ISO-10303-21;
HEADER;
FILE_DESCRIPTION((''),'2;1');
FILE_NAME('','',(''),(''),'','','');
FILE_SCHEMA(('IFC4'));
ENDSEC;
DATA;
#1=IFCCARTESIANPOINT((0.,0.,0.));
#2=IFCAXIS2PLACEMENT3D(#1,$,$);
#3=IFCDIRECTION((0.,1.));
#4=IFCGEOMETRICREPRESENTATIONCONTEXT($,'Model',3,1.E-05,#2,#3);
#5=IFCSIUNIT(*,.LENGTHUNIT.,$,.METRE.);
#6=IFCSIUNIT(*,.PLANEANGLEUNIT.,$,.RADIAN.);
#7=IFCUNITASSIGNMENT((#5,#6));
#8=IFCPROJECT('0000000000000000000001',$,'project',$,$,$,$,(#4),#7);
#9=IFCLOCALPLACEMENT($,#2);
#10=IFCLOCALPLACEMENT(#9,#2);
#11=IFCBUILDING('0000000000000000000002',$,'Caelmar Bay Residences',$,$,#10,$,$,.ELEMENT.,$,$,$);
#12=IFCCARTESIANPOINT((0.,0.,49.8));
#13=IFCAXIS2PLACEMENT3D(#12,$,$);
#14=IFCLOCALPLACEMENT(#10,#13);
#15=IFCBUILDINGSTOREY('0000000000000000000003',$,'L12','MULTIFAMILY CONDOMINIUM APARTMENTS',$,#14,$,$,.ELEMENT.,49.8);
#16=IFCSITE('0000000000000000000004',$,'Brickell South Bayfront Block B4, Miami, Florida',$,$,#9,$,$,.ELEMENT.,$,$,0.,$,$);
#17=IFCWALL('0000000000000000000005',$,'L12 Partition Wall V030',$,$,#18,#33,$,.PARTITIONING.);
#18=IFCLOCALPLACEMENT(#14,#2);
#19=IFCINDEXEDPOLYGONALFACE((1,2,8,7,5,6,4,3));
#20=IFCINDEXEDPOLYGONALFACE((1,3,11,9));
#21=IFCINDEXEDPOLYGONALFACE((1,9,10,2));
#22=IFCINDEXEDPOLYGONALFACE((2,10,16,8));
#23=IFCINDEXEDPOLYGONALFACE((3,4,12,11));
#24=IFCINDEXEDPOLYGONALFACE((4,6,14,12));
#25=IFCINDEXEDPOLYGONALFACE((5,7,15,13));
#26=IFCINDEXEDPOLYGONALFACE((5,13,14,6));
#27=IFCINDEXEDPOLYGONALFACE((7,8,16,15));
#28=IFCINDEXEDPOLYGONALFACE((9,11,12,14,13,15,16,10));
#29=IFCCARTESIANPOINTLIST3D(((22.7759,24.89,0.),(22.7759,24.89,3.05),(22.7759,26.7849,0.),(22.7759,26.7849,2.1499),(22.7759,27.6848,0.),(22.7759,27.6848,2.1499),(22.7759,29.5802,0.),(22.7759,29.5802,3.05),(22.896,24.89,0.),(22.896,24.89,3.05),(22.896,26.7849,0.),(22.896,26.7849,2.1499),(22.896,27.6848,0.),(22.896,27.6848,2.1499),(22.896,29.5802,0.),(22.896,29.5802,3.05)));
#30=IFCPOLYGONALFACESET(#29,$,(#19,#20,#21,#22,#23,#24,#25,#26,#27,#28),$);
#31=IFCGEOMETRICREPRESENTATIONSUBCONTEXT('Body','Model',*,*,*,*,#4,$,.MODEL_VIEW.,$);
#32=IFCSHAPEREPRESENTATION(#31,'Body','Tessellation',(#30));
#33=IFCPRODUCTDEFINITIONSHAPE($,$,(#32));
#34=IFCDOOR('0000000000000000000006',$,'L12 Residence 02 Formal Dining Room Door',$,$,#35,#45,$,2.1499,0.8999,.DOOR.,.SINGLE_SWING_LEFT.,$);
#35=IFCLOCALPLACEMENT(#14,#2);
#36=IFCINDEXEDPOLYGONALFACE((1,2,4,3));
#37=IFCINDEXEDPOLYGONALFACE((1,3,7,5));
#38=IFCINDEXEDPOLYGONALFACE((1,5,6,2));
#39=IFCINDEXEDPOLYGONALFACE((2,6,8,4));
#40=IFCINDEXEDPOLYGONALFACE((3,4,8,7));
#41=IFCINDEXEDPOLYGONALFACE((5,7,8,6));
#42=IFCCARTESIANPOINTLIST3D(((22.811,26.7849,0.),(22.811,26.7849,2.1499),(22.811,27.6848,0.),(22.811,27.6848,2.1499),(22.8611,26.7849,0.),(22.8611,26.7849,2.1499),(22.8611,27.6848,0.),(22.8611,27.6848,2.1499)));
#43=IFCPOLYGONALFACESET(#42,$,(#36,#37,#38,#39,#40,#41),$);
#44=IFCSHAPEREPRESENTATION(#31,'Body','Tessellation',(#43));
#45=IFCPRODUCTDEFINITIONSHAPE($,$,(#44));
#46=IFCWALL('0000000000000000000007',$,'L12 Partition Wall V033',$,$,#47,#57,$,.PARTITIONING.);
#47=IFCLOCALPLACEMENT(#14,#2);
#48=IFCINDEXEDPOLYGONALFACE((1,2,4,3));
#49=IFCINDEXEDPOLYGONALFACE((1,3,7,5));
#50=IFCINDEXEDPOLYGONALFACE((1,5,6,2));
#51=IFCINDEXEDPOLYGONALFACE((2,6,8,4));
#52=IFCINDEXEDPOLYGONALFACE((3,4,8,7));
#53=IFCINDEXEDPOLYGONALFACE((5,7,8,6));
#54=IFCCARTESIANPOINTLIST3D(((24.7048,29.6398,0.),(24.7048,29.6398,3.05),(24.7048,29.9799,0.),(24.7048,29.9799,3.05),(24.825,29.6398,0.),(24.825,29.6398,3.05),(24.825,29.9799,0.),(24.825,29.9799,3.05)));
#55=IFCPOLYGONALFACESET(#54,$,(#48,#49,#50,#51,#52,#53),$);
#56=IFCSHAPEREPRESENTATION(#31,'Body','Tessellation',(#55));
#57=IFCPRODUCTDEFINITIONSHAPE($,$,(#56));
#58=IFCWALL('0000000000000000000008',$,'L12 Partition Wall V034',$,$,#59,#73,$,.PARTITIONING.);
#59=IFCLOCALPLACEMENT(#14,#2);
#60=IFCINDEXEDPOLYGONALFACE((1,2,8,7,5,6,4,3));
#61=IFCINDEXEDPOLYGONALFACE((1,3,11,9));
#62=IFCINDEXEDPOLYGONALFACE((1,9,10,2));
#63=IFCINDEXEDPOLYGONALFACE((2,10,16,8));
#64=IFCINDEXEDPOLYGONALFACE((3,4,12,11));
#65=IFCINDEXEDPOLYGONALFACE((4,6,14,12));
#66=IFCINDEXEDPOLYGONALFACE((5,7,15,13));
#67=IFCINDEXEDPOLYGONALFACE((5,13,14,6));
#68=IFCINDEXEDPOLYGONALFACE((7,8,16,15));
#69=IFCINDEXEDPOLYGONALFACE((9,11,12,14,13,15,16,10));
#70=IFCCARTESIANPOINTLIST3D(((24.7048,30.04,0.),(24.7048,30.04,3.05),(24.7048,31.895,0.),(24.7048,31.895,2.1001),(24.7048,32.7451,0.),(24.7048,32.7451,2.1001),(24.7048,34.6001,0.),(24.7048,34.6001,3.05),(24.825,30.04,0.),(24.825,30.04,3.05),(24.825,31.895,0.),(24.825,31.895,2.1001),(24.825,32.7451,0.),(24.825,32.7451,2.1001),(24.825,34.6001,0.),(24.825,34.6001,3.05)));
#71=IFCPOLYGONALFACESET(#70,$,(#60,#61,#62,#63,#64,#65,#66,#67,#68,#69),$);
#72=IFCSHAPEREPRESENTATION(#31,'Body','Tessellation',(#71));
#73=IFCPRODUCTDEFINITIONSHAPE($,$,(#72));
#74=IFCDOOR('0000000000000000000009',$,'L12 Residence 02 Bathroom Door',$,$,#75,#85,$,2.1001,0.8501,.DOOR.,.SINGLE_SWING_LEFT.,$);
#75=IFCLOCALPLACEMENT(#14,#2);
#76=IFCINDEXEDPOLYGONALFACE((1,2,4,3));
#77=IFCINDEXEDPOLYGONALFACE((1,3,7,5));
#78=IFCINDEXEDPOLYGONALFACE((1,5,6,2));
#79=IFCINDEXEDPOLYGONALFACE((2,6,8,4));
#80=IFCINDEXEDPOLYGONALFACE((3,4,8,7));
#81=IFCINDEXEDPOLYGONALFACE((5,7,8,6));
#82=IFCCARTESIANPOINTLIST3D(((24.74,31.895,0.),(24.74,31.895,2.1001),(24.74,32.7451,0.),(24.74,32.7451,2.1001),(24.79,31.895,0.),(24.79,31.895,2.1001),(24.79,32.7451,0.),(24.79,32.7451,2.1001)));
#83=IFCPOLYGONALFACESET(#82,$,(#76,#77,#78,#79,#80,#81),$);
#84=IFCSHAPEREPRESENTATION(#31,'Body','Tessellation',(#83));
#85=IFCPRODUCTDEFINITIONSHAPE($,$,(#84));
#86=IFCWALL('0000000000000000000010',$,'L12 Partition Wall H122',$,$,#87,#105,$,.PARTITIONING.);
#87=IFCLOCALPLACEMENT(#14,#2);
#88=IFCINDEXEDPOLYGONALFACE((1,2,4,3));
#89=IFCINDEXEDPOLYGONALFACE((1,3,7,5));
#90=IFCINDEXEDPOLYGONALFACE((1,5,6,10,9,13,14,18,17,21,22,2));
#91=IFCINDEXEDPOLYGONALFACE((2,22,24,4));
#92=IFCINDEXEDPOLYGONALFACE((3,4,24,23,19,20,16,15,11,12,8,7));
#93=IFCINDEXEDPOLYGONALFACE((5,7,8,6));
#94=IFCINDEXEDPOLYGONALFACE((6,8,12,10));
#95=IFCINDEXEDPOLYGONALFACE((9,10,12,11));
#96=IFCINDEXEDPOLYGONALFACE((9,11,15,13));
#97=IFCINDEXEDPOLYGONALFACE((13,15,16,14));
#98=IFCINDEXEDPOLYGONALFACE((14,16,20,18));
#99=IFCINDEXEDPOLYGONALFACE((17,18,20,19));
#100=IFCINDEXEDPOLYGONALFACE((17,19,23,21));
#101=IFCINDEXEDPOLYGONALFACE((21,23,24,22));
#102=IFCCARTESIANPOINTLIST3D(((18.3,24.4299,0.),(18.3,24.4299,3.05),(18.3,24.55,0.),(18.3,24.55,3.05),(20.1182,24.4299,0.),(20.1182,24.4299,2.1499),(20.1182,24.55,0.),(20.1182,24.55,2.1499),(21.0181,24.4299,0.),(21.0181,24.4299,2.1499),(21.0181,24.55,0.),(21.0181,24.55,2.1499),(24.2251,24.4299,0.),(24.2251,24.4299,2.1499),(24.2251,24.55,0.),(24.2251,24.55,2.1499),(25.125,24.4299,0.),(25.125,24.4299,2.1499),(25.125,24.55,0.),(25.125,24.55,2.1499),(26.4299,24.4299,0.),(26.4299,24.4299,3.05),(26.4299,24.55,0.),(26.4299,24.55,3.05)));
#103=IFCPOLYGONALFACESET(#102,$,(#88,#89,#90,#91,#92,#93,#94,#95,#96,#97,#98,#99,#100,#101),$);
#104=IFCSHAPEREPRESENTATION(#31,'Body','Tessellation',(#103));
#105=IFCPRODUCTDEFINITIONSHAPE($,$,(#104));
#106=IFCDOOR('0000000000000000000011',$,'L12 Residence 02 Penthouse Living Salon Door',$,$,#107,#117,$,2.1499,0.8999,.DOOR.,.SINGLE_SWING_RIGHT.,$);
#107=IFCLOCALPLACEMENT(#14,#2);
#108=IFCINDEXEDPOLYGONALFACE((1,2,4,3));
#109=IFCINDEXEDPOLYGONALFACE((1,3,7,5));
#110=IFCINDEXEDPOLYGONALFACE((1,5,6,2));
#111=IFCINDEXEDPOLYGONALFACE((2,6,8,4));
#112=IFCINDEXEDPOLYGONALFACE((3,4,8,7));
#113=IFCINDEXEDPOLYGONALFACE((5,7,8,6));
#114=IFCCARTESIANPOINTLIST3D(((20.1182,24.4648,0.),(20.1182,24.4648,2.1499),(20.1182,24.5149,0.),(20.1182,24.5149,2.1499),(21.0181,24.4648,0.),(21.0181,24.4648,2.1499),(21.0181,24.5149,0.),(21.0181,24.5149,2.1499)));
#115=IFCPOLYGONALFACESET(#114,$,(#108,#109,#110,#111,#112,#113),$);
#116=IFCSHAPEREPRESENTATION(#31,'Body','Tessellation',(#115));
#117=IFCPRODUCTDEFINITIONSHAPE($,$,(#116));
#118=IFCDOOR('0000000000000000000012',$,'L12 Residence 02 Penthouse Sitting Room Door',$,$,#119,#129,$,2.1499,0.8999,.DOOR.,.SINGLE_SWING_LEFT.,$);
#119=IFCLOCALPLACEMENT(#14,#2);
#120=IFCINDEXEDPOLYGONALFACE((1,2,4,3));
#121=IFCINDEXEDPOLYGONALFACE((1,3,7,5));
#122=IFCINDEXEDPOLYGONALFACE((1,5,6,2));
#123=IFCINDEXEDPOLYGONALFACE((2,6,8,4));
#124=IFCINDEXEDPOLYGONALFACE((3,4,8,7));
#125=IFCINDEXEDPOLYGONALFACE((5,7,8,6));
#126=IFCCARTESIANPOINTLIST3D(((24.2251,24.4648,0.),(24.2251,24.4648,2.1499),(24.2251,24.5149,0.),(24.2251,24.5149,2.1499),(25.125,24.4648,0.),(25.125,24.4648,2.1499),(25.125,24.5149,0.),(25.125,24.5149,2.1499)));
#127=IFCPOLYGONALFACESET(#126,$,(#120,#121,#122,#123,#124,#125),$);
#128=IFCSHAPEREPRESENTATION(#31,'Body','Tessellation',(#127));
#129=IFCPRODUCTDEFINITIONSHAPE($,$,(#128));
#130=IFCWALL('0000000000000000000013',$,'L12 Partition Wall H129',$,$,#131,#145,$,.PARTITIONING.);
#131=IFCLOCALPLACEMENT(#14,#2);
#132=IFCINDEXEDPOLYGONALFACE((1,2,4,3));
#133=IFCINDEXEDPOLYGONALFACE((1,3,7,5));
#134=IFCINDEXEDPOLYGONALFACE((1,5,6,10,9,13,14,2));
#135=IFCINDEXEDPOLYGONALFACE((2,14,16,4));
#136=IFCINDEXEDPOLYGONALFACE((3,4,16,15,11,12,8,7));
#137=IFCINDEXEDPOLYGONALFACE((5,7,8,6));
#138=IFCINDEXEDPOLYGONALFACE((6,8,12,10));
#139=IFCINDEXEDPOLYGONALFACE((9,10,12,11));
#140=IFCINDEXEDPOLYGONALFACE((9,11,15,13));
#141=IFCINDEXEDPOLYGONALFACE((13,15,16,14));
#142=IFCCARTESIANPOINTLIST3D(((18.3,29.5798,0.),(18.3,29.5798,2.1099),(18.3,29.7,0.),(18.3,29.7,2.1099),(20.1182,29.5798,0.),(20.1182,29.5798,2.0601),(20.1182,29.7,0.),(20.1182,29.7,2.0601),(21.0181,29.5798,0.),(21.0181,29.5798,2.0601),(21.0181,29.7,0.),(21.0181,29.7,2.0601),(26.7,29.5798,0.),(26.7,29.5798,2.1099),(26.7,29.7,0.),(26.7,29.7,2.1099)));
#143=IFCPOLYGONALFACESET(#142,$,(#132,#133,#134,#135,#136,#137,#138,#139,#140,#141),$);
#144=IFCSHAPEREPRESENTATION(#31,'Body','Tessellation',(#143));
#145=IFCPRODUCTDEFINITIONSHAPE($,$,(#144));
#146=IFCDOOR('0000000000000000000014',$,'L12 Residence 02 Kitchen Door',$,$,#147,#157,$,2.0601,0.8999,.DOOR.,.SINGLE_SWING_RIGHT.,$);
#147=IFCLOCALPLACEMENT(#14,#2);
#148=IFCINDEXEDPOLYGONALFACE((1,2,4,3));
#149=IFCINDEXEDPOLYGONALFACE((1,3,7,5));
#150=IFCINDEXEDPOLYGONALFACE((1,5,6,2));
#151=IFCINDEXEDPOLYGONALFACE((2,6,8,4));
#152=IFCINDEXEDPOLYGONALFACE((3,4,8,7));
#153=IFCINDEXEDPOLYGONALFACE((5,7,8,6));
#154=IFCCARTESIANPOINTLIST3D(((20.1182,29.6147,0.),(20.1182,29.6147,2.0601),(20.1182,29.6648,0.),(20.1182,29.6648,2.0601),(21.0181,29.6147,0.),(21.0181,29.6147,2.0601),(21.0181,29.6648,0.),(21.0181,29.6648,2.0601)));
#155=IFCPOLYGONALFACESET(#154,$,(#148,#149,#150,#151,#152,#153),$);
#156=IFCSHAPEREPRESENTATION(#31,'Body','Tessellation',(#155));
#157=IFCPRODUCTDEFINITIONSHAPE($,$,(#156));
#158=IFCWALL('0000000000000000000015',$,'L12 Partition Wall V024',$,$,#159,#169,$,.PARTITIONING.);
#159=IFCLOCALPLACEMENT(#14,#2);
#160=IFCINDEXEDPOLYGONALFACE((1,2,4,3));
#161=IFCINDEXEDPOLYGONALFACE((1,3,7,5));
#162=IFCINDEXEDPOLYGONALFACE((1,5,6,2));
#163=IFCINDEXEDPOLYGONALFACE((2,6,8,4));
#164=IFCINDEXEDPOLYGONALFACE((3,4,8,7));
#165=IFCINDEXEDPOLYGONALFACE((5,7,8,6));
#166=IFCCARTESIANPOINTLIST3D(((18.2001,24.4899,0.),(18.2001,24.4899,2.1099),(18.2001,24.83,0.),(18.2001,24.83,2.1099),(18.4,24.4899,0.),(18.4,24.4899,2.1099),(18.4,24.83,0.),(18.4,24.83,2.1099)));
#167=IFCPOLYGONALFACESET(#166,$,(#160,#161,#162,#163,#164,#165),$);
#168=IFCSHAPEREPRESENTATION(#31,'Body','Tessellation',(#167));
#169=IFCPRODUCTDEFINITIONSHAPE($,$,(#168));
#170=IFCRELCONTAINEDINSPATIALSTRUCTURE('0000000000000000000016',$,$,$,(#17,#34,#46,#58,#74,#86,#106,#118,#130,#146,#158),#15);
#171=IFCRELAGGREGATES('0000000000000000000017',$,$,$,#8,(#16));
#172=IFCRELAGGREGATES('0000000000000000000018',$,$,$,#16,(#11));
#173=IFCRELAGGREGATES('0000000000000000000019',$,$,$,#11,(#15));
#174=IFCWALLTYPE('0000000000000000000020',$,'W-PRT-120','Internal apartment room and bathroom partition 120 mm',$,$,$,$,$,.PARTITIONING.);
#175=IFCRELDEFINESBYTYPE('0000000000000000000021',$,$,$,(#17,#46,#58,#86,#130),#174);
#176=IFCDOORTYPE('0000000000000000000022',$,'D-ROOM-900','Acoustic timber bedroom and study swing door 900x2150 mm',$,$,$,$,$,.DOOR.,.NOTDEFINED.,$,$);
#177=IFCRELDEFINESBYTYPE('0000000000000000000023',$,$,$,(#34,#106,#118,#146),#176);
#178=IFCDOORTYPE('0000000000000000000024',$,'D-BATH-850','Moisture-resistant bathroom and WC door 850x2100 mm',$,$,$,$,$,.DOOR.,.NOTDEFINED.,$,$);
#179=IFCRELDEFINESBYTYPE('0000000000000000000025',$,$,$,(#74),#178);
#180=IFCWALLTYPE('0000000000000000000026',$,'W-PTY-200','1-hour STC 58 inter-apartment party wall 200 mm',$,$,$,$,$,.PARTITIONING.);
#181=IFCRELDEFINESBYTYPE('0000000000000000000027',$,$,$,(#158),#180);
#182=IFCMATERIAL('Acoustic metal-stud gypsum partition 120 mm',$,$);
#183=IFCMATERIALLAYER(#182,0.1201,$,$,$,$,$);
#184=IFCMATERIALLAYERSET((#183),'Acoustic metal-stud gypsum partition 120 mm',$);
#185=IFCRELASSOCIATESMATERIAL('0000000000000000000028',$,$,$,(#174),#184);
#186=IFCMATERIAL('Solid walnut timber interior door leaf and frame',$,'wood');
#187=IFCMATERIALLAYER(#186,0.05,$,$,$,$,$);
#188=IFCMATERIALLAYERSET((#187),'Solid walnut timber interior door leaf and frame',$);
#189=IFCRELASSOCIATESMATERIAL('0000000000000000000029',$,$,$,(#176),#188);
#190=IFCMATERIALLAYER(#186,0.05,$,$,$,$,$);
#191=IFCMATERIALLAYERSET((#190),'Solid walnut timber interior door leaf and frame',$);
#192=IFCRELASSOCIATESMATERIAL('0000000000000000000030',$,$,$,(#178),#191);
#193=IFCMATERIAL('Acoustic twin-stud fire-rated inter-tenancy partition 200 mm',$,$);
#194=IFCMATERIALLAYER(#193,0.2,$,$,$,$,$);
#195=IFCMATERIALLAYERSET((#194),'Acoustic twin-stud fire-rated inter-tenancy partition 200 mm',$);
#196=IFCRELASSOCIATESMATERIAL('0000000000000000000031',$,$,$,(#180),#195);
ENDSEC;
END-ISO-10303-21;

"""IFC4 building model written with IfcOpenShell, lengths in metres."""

from ifc_helpers import new_model, si_unit, direction, frame, frame_2d, origin, place, context, subcontext, project, spatial, rectangle, extrude, material, layer, layer_set, type_object, element, fill, save


model = new_model("IFC4")

# Units and contexts
model_context = context("Model", 3, precision=1e-05, world=origin(), true_north=direction((0.0, 1.0)))
body_context = subcontext(model_context, "Body", "Model", "MODEL_VIEW")
ifc_project = project(units=[si_unit("LENGTHUNIT", "METRE"), si_unit("PLANEANGLEUNIT", "RADIAN")], contexts=[model_context])

# Site, building, storey
site_placement = place(None, origin())
site = spatial("IfcSite", under=ifc_project, at=site_placement, Name="Brickell South Bayfront Block B4, Miami, Florida", CompositionType="ELEMENT", RefElevation=0.0)
building_placement = place(site_placement, origin())
building = spatial("IfcBuilding", under=site, at=building_placement, Name="Caelmar Bay Residences", CompositionType="ELEMENT")
storey_placement = place(building_placement, frame((0.0, 0.0, 49.8)))
storey = spatial("IfcBuildingStorey", under=building, at=storey_placement, Name="L12", Description="MULTIFAMILY CONDOMINIUM APARTMENTS", CompositionType="ELEMENT", Elevation=49.8)

# Shared definitions
ifc_material_1 = material(Name="Acoustic metal-stud gypsum partition 120 mm")
ifc_layer_1 = layer(ifc_material_1, 0.1201)
ifc_layer_set_1 = layer_set([ifc_layer_1], Name="Acoustic metal-stud gypsum partition 120 mm")
wall_type_1 = type_object("IfcWallType", Name="W-PRT-120", Description="Internal apartment room and bathroom partition 120 mm", PredefinedType="PARTITIONING", material=ifc_layer_set_1)

# Wall, opening, door
wall_1_placement = place(storey_placement, frame((22.8359, 24.8899, 0.0), z_axis=(0.0, 0.0, 1.0), x_axis=(0.0, 1.0, 0.0)))
wall_1 = element("IfcWall", 1, at=wall_1_placement, inside=storey, type_object=wall_type_1, Name="L12 Partition Wall V030", PredefinedType="PARTITIONING", context=body_context, shape_type="SweptSolid", body=[
    extrude(rectangle(XDim=4.6902, YDim=0.1201, at=frame_2d((2.3452, 0.0))), origin(), (0.0, 0.0, 1.0), 3.05),
])
opening_1_placement = place(wall_1_placement, frame((1.895, 0.0, 0.0)))
opening_1 = element("IfcOpeningElement", 2, at=opening_1_placement, cuts=wall_1, PredefinedType="OPENING", context=body_context, shape_type="SweptSolid", body=[
    extrude(rectangle(XDim=0.8999, YDim=2.1499, at=frame_2d((0.45, 1.075))), frame((0.0, 0.0701, 0.0), z_axis=(0.0, -1.0, 0.0), x_axis=(1.0, 0.0, 0.0)), (0.0, 0.0, 1.0), 0.1401),
])
ifc_material_2 = material(Name="Solid walnut timber interior door leaf and frame", Category="wood")
ifc_layer_2 = layer(ifc_material_2, 0.05)
ifc_layer_set_2 = layer_set([ifc_layer_2], Name="Solid walnut timber interior door leaf and frame")
door_type_1 = type_object("IfcDoorType", Name="D-ROOM-900", Description="Acoustic timber bedroom and study swing door 900x2150 mm", OperationType="NOTDEFINED", PredefinedType="DOOR", material=ifc_layer_set_2)
door_1_placement = place(opening_1_placement, origin())
door_1 = element("IfcDoor", 3, at=door_1_placement, inside=storey, type_object=door_type_1, Name="L12 Residence 02 Formal Dining Room Door", OperationType="SINGLE_SWING_LEFT", OverallHeight=2.1499, OverallWidth=0.8999, PredefinedType="DOOR", context=body_context, shape_type="SweptSolid", body=[
    extrude(rectangle(XDim=0.8999, YDim=2.1499, at=frame_2d((0.45, 1.075))), frame((0.0, 0.0249, 0.0), z_axis=(0.0, -1.0, 0.0), x_axis=(1.0, 0.0, 0.0)), (0.0, 0.0, 1.0), 0.05),
])
fill(opening_1, door_1)

# Wall
wall_2_placement = place(storey_placement, frame((24.7649, 29.6399, 0.0), z_axis=(0.0, 0.0, 1.0), x_axis=(0.0, 1.0, 0.0)))
element("IfcWall", 4, at=wall_2_placement, inside=storey, type_object=wall_type_1, Name="L12 Partition Wall V033", PredefinedType="PARTITIONING", context=body_context, shape_type="SweptSolid", body=[
    extrude(rectangle(XDim=0.3401, YDim=0.1201, at=frame_2d((0.1699, 0.0))), origin(), (0.0, 0.0, 1.0), 3.05),
])

# Wall, opening, door
wall_3_placement = place(storey_placement, frame((24.7649, 30.04, 0.0), z_axis=(0.0, 0.0, 1.0), x_axis=(0.0, 1.0, 0.0)))
wall_3 = element("IfcWall", 5, at=wall_3_placement, inside=storey, type_object=wall_type_1, Name="L12 Partition Wall V034", PredefinedType="PARTITIONING", context=body_context, shape_type="SweptSolid", body=[
    extrude(rectangle(XDim=4.5601, YDim=0.1201, at=frame_2d((2.28, 0.0))), origin(), (0.0, 0.0, 1.0), 3.05),
])
opening_2_placement = place(wall_3_placement, frame((1.855, 0.0, 0.0)))
opening_2 = element("IfcOpeningElement", 6, at=opening_2_placement, cuts=wall_3, PredefinedType="OPENING", context=body_context, shape_type="SweptSolid", body=[
    extrude(rectangle(XDim=0.8501, YDim=2.1001, at=frame_2d((0.425, 1.05))), frame((0.0, 0.0701, 0.0), z_axis=(0.0, -1.0, 0.0), x_axis=(1.0, 0.0, 0.0)), (0.0, 0.0, 1.0), 0.1401),
])
ifc_layer_3 = layer(ifc_material_2, 0.05)
ifc_layer_set_3 = layer_set([ifc_layer_3], Name="Solid walnut timber interior door leaf and frame")
door_type_2 = type_object("IfcDoorType", Name="D-BATH-850", Description="Moisture-resistant bathroom and WC door 850x2100 mm", OperationType="NOTDEFINED", PredefinedType="DOOR", material=ifc_layer_set_3)
door_2_placement = place(opening_2_placement, origin())
door_2 = element("IfcDoor", 7, at=door_2_placement, inside=storey, type_object=door_type_2, Name="L12 Residence 02 Bathroom Door", OperationType="SINGLE_SWING_LEFT", OverallHeight=2.1001, OverallWidth=0.8501, PredefinedType="DOOR", context=body_context, shape_type="SweptSolid", body=[
    extrude(rectangle(XDim=0.8501, YDim=2.1001, at=frame_2d((0.425, 1.05))), frame((0.0, 0.0249, 0.0), z_axis=(0.0, -1.0, 0.0), x_axis=(1.0, 0.0, 0.0)), (0.0, 0.0, 1.0), 0.05),
])
fill(opening_2, door_2)

# Wall, openings, doors
wall_4_placement = place(storey_placement, frame((18.3, 24.49, 0.0), z_axis=(0.0, 0.0, 1.0), x_axis=(1.0, 0.0, 0.0)))
wall_4 = element("IfcWall", 8, at=wall_4_placement, inside=storey, type_object=wall_type_1, Name="L12 Partition Wall H122", PredefinedType="PARTITIONING", context=body_context, shape_type="SweptSolid", body=[
    extrude(rectangle(XDim=8.1299, YDim=0.1201, at=frame_2d((4.0649, 0.0))), origin(), (0.0, 0.0, 1.0), 3.05),
])
opening_3_placement = place(wall_4_placement, frame((1.8181, 0.0, 0.0)))
opening_3 = element("IfcOpeningElement", 9, at=opening_3_placement, cuts=wall_4, PredefinedType="OPENING", context=body_context, shape_type="SweptSolid", body=[
    extrude(rectangle(XDim=0.8999, YDim=2.1499, at=frame_2d((0.45, 1.075))), frame((0.0, 0.0701, 0.0), z_axis=(0.0, -1.0, 0.0), x_axis=(1.0, 0.0, 0.0)), (0.0, 0.0, 1.0), 0.1401),
])
opening_4_placement = place(wall_4_placement, frame((5.925, 0.0, 0.0)))
opening_4 = element("IfcOpeningElement", 10, at=opening_4_placement, cuts=wall_4, PredefinedType="OPENING", context=body_context, shape_type="SweptSolid", body=[
    extrude(rectangle(XDim=0.8999, YDim=2.1499, at=frame_2d((0.45, 1.075))), frame((0.0, 0.0701, 0.0), z_axis=(0.0, -1.0, 0.0), x_axis=(1.0, 0.0, 0.0)), (0.0, 0.0, 1.0), 0.1401),
])
door_3_placement = place(opening_3_placement, origin())
door_3 = element("IfcDoor", 11, at=door_3_placement, inside=storey, type_object=door_type_1, Name="L12 Residence 02 Penthouse Living Salon Door", OperationType="SINGLE_SWING_RIGHT", OverallHeight=2.1499, OverallWidth=0.8999, PredefinedType="DOOR", context=body_context, shape_type="SweptSolid", body=[
    extrude(rectangle(XDim=0.8999, YDim=2.1499, at=frame_2d((0.45, 1.075))), frame((0.0, 0.0249, 0.0), z_axis=(0.0, -1.0, 0.0), x_axis=(1.0, 0.0, 0.0)), (0.0, 0.0, 1.0), 0.05),
])
fill(opening_3, door_3)
door_4_placement = place(opening_4_placement, origin())
door_4 = element("IfcDoor", 12, at=door_4_placement, inside=storey, type_object=door_type_1, Name="L12 Residence 02 Penthouse Sitting Room Door", OperationType="SINGLE_SWING_LEFT", OverallHeight=2.1499, OverallWidth=0.8999, PredefinedType="DOOR", context=body_context, shape_type="SweptSolid", body=[
    extrude(rectangle(XDim=0.8999, YDim=2.1499, at=frame_2d((0.45, 1.075))), frame((0.0, 0.0249, 0.0), z_axis=(0.0, -1.0, 0.0), x_axis=(1.0, 0.0, 0.0)), (0.0, 0.0, 1.0), 0.05),
])
fill(opening_4, door_4)

# Wall, opening, door
wall_5_placement = place(storey_placement, frame((18.3, 29.6399, 0.0), z_axis=(0.0, 0.0, 1.0), x_axis=(1.0, 0.0, 0.0)))
wall_5 = element("IfcWall", 13, at=wall_5_placement, inside=storey, type_object=wall_type_1, Name="L12 Partition Wall H129", PredefinedType="PARTITIONING", context=body_context, shape_type="SweptSolid", body=[
    extrude(rectangle(XDim=8.3999, YDim=0.1201, at=frame_2d((4.2, 0.0))), origin(), (0.0, 0.0, 1.0), 2.1099),
])
opening_5_placement = place(wall_5_placement, frame((1.8181, 0.0, 0.0)))
opening_5 = element("IfcOpeningElement", 14, at=opening_5_placement, cuts=wall_5, PredefinedType="OPENING", context=body_context, shape_type="SweptSolid", body=[
    extrude(rectangle(XDim=0.8999, YDim=2.0601, at=frame_2d((0.45, 1.03))), frame((0.0, 0.0701, 0.0), z_axis=(0.0, -1.0, 0.0), x_axis=(1.0, 0.0, 0.0)), (0.0, 0.0, 1.0), 0.1401),
])
door_5_placement = place(opening_5_placement, origin())
door_5 = element("IfcDoor", 15, at=door_5_placement, inside=storey, type_object=door_type_1, Name="L12 Residence 02 Kitchen Door", OperationType="SINGLE_SWING_RIGHT", OverallHeight=2.0601, OverallWidth=0.8999, PredefinedType="DOOR", context=body_context, shape_type="SweptSolid", body=[
    extrude(rectangle(XDim=0.8999, YDim=2.0601, at=frame_2d((0.45, 1.03))), frame((0.0, 0.0249, 0.0), z_axis=(0.0, -1.0, 0.0), x_axis=(1.0, 0.0, 0.0)), (0.0, 0.0, 1.0), 0.05),
])
fill(opening_5, door_5)

# Wall
ifc_material_3 = material(Name="Acoustic twin-stud fire-rated inter-tenancy partition 200 mm")
ifc_layer_4 = layer(ifc_material_3, 0.2)
ifc_layer_set_4 = layer_set([ifc_layer_4], Name="Acoustic twin-stud fire-rated inter-tenancy partition 200 mm")
wall_type_2 = type_object("IfcWallType", Name="W-PTY-200", Description="1-hour STC 58 inter-apartment party wall 200 mm", PredefinedType="PARTITIONING", material=ifc_layer_set_4)
wall_6_placement = place(storey_placement, frame((18.3, 24.49, 0.0), z_axis=(0.0, 0.0, 1.0), x_axis=(0.0, 1.0, 0.0)))
element("IfcWall", 16, at=wall_6_placement, inside=storey, type_object=wall_type_2, Name="L12 Partition Wall V024", PredefinedType="PARTITIONING", context=body_context, shape_type="SweptSolid", body=[
    extrude(rectangle(XDim=0.3401, YDim=0.2, at=frame_2d((0.1699, 0.0))), origin(), (0.0, 0.0, 1.0), 2.1099),
])

save(model, "model.ifc")
